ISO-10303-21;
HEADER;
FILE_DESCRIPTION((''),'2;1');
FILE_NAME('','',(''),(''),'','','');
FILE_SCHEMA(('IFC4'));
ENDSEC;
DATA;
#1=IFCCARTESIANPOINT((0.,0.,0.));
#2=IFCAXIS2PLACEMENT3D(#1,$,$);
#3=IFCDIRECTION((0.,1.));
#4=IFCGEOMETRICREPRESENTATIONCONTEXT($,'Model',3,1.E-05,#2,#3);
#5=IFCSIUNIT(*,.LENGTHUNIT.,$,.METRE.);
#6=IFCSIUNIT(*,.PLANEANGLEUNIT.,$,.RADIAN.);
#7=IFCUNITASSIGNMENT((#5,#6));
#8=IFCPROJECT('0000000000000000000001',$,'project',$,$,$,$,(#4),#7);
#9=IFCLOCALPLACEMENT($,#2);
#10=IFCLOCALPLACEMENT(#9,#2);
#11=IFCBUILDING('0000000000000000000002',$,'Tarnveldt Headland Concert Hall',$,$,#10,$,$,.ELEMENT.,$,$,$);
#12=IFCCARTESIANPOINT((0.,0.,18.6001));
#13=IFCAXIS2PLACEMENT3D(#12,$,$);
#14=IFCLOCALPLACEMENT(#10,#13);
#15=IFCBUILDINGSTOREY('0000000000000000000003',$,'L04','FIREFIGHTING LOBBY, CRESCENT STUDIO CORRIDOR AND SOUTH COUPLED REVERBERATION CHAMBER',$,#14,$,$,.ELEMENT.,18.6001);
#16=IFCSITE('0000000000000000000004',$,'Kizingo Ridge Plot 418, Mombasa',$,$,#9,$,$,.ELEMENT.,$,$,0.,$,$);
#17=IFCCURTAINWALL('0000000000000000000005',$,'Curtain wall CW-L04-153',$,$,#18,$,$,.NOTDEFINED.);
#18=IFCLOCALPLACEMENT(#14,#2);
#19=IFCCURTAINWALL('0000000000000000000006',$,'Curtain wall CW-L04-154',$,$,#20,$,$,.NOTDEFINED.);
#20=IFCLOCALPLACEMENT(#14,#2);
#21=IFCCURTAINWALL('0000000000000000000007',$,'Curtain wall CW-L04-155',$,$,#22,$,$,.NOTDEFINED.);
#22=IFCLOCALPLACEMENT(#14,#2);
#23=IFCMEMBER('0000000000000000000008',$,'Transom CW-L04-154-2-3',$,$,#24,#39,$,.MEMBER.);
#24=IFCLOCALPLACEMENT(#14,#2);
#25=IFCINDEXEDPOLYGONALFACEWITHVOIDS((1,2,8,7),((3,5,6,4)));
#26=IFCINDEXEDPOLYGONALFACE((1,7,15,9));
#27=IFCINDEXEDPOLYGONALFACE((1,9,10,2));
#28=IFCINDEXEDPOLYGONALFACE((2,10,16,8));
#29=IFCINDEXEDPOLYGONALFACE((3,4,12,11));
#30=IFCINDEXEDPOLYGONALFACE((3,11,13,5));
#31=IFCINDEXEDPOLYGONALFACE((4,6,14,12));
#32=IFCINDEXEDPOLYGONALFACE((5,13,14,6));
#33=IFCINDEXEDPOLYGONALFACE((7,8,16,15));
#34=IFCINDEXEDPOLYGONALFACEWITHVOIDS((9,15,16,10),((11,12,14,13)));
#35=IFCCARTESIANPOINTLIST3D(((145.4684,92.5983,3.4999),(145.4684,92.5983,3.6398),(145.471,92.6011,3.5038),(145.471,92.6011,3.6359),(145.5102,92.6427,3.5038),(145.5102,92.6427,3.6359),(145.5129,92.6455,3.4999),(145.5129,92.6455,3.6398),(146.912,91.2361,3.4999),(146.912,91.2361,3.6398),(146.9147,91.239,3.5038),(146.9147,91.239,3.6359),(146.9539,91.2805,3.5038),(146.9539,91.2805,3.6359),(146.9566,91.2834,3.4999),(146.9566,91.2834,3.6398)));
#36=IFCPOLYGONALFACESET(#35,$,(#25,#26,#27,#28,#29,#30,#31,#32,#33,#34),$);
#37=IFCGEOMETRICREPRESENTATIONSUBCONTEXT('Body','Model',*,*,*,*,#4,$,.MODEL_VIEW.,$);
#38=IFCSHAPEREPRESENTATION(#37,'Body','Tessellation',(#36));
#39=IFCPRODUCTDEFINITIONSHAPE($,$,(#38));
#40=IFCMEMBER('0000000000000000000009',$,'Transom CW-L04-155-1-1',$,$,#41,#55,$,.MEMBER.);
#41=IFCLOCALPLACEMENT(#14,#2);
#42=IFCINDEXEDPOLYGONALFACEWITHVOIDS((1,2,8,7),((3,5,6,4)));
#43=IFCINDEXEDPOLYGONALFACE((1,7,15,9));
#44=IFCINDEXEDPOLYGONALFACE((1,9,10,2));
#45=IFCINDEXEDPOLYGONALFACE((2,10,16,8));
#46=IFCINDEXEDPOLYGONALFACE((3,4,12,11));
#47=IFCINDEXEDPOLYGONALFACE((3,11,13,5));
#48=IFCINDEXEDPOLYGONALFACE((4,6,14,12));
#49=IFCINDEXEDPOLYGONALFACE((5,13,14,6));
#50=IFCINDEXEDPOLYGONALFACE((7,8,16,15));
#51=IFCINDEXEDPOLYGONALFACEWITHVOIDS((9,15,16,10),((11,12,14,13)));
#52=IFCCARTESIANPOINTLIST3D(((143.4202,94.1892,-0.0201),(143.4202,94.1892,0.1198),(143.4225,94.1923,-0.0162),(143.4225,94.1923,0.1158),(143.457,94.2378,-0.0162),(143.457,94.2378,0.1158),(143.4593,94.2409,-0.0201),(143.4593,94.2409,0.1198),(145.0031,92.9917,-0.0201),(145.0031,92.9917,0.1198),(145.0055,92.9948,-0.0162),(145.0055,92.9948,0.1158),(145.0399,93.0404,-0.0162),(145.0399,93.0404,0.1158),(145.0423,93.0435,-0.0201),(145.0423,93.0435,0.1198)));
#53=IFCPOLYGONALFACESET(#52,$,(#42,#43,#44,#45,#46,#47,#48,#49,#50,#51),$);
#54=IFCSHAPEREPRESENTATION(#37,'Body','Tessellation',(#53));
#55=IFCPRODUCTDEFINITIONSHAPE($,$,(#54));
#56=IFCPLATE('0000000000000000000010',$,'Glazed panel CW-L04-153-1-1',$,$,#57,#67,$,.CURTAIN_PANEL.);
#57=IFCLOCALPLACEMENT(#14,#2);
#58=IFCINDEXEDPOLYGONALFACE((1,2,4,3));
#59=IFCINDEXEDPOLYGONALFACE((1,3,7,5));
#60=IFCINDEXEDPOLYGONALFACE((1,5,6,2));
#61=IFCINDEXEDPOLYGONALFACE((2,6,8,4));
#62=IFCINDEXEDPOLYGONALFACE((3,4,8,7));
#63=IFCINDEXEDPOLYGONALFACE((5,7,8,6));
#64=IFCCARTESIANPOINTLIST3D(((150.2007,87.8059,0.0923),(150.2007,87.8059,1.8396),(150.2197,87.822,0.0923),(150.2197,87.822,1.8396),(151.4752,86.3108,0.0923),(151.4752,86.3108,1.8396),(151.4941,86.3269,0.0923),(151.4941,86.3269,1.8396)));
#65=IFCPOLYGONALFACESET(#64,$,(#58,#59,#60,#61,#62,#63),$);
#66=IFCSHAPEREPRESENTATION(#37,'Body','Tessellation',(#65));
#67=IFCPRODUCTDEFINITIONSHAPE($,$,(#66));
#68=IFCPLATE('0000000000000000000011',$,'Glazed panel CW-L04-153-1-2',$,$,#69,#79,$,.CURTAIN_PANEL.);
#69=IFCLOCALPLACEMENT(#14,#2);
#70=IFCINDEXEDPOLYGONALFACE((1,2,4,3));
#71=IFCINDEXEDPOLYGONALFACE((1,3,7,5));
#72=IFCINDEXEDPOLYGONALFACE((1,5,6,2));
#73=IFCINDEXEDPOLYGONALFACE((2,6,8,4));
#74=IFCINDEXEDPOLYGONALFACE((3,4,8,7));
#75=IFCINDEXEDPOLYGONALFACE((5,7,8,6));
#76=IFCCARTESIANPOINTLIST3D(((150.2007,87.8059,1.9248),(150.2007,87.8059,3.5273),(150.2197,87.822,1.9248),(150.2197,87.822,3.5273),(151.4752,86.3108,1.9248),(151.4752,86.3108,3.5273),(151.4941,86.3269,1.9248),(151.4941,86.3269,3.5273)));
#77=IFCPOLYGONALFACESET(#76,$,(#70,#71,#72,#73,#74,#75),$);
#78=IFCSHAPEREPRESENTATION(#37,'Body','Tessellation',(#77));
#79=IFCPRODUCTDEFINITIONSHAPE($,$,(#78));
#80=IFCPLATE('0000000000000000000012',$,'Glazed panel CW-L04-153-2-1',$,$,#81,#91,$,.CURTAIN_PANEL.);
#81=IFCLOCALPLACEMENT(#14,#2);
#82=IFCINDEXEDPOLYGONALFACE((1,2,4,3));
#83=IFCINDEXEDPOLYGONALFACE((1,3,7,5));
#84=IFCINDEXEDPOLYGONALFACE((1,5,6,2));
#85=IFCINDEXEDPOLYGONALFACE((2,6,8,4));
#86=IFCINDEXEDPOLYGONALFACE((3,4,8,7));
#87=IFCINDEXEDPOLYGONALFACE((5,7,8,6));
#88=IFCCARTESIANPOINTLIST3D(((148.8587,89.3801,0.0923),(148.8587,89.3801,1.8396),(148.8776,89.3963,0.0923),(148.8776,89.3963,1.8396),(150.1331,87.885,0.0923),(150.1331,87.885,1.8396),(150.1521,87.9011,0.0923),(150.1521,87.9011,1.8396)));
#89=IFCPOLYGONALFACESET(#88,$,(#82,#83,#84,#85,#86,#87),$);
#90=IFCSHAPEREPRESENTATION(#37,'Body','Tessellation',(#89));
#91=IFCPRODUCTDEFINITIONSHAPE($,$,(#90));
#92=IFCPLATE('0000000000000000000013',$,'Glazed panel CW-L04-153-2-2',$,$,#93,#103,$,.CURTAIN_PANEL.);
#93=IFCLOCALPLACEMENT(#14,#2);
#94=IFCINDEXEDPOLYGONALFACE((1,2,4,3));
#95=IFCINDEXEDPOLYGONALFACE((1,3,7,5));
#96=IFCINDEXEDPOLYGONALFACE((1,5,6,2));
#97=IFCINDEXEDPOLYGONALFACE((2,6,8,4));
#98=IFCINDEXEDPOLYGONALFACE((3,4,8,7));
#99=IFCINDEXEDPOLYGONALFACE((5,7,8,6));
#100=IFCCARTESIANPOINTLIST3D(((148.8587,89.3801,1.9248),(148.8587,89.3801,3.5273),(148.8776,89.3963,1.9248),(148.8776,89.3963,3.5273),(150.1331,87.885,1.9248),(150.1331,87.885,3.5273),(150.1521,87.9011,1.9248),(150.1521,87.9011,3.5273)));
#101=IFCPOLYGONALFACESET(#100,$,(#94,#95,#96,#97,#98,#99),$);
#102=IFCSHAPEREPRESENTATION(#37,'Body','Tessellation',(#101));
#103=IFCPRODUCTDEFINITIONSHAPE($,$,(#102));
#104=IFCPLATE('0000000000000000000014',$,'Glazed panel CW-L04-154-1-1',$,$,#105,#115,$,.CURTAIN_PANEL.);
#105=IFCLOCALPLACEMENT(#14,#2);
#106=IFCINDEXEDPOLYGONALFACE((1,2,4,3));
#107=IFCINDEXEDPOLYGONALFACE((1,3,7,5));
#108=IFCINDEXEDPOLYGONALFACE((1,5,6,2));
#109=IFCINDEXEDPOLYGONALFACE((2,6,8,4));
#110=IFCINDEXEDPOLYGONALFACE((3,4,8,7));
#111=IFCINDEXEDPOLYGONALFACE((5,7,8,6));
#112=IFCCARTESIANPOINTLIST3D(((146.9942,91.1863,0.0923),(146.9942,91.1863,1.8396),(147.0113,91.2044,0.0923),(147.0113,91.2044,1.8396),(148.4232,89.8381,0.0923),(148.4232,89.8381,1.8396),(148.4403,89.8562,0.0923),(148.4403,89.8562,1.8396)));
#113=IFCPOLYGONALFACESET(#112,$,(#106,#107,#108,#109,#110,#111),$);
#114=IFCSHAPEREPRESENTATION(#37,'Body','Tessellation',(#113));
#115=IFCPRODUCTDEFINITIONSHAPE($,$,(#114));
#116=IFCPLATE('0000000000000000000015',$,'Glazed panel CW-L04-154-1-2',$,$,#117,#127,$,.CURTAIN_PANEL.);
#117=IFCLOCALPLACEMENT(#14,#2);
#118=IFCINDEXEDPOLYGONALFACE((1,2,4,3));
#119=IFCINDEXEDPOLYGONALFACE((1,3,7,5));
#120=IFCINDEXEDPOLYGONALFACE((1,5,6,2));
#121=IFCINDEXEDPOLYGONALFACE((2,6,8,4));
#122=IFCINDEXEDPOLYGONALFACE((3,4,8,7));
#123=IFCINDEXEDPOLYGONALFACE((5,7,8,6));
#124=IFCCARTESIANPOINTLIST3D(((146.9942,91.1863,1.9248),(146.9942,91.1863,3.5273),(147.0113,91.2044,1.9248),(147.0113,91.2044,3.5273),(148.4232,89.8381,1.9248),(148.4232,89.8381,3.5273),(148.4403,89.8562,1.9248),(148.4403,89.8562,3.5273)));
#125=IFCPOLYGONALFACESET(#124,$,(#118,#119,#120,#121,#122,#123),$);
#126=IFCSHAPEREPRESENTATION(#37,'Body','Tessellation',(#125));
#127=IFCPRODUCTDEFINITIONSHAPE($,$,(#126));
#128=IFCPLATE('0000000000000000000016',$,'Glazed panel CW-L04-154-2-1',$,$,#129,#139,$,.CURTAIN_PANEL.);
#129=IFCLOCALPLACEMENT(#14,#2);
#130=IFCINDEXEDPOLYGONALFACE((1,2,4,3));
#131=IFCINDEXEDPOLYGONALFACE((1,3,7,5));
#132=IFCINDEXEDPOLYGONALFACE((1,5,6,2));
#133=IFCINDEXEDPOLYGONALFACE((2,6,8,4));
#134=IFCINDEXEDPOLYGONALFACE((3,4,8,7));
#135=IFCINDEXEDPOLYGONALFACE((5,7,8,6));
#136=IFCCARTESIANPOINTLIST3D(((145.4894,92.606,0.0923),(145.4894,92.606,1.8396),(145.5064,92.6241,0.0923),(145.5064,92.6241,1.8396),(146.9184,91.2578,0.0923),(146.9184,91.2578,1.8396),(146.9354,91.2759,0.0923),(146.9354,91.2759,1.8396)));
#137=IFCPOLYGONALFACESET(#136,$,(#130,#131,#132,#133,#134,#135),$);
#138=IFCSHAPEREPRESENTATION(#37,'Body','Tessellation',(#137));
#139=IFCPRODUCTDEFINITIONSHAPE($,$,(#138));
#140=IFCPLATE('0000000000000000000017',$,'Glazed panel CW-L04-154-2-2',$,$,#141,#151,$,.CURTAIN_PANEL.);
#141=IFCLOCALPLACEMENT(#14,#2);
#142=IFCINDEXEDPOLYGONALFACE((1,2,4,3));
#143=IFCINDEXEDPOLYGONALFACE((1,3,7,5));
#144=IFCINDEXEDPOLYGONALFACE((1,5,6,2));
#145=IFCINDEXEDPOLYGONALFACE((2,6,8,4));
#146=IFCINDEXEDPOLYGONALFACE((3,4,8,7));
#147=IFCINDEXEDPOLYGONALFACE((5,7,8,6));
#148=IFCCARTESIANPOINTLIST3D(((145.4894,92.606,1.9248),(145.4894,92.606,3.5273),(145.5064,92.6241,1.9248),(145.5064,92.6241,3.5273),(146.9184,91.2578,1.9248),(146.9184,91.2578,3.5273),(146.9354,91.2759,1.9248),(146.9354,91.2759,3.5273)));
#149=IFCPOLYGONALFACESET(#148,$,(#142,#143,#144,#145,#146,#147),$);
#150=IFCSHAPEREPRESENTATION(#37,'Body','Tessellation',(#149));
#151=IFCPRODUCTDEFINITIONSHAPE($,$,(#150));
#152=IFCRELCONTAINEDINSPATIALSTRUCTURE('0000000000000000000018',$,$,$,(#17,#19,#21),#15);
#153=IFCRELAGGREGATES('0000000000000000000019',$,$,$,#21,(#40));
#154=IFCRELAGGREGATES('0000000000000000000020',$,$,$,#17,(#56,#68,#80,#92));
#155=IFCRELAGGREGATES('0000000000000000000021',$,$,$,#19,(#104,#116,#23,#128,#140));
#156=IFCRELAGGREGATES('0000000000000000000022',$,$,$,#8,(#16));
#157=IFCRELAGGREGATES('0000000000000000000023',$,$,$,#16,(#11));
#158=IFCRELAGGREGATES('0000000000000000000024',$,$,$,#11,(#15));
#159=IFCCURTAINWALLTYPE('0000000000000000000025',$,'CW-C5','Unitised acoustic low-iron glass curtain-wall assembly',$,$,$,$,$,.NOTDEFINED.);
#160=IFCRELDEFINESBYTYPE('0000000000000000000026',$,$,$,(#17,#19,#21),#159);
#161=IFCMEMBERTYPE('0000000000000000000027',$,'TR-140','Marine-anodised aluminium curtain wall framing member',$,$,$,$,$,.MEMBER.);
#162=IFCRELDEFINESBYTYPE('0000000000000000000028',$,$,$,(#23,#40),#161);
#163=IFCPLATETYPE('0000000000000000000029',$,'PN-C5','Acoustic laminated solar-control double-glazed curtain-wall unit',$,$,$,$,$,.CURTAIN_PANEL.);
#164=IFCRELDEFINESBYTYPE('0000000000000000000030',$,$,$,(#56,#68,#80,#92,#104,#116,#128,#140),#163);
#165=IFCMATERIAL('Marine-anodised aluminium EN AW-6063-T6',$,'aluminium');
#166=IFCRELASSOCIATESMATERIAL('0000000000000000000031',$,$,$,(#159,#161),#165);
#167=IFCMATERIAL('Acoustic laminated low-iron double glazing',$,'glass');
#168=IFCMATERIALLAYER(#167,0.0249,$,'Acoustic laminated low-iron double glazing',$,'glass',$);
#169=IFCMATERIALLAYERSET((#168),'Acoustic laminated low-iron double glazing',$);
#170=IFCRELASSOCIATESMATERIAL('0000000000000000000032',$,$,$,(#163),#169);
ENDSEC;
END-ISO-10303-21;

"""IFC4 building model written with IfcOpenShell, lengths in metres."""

from ifc_helpers import new_model, si_unit, direction, frame, origin, origin_2d, place, context, subcontext, project, spatial, rectangle, hollow_rectangle, extrude, material, layer, layer_set, material_profile, profile_set, type_object, element, aggregate, save


model = new_model("IFC4")

# Units and contexts
model_context = context("Model", 3, precision=1e-05, world=origin(), true_north=direction((0.0, 1.0)))
body_context = subcontext(model_context, "Body", "Model", "MODEL_VIEW")
ifc_project = project(units=[si_unit("LENGTHUNIT", "METRE"), si_unit("PLANEANGLEUNIT", "RADIAN")], contexts=[model_context])

# Site, building, storey
site_placement = place(None, origin())
site = spatial("IfcSite", under=ifc_project, at=site_placement, Name="Kizingo Ridge Plot 418, Mombasa", CompositionType="ELEMENT", RefElevation=0.0)
building_placement = place(site_placement, origin())
building = spatial("IfcBuilding", under=site, at=building_placement, Name="Tarnveldt Headland Concert Hall", CompositionType="ELEMENT")
storey_placement = place(building_placement, frame((0.0, 0.0, 18.6001)))
storey = spatial("IfcBuildingStorey", under=building, at=storey_placement, Name="L04", Description="FIREFIGHTING LOBBY, CRESCENT STUDIO CORRIDOR AND SOUTH COUPLED REVERBERATION CHAMBER", CompositionType="ELEMENT", Elevation=18.6001)

# Shared definitions
ifc_material_1 = material(Name="Marine-anodised aluminium EN AW-6063-T6", Category="aluminium")
curtain_wall_type = type_object("IfcCurtainWallType", Name="CW-C5", Description="Unitised acoustic low-iron glass curtain-wall assembly", PredefinedType="NOTDEFINED", material=ifc_material_1)

# Curtain walls
curtain_wall_1_placement = place(storey_placement, origin())
curtain_wall_1 = element("IfcCurtainWall", 1, at=curtain_wall_1_placement, inside=storey, type_object=curtain_wall_type, Name="Curtain wall CW-L04-153", PredefinedType="NOTDEFINED")
curtain_wall_2_placement = place(storey_placement, origin())
curtain_wall_2 = element("IfcCurtainWall", 2, at=curtain_wall_2_placement, inside=storey, type_object=curtain_wall_type, Name="Curtain wall CW-L04-154", PredefinedType="NOTDEFINED")

# Curtain wall
curtain_wall_3_placement = place(storey_placement, origin())
curtain_wall_3 = element("IfcCurtainWall", 3, at=curtain_wall_3_placement, inside=storey, type_object=curtain_wall_type, Name="Curtain wall CW-L04-155", PredefinedType="NOTDEFINED")

# Members
ifc_material_profile_1 = material_profile(ifc_material_1, hollow_rectangle(XDim=0.0649, YDim=0.1399, WallThickness=0.0039, at=origin_2d()), Name="ALU TRANSOM 65x140x4", Category="aluminium")
ifc_profile_set_1 = profile_set([ifc_material_profile_1], Name="Marine-anodised aluminium EN AW-6063-T6")
member_type_1 = type_object("IfcMemberType", Name="TR-140", Description="Marine-anodised aluminium curtain wall framing member", PredefinedType="MEMBER", material=ifc_profile_set_1)
member_1_placement = place(storey_placement, frame((146.9343, 91.2598, 3.5698), z_axis=(-0.727351, 0.686266, 0.0), x_axis=(-0.686266, -0.727351, 0.0)))
member_1 = element("IfcMember", 4, at=member_1_placement, type_object=member_type_1, Name="Transom CW-L04-154-2-3", PredefinedType="MEMBER", context=body_context, shape_type="SweptSolid", body=[
    extrude(hollow_rectangle(XDim=0.0649, YDim=0.1399, WallThickness=0.0039, at=origin_2d()), origin(), (0.0, 0.0, 1.0), 1.9849),
])
member_2_placement = place(storey_placement, frame((145.0227, 93.0176, 0.0498), z_axis=(-0.797514, 0.603301, 0.0), x_axis=(-0.603301, -0.797514, 0.0)))
member_2 = element("IfcMember", 5, at=member_2_placement, type_object=member_type_1, Name="Transom CW-L04-155-1-1", PredefinedType="MEMBER", context=body_context, shape_type="SweptSolid", body=[
    extrude(hollow_rectangle(XDim=0.0649, YDim=0.1399, WallThickness=0.0039, at=origin_2d()), origin(), (0.0, 0.0, 1.0), 1.9849),
])
aggregate(curtain_wall_3, [member_2])

# Plates
ifc_material_2 = material(Name="Acoustic laminated low-iron double glazing", Category="glass")
ifc_layer = layer(ifc_material_2, 0.0249, Name="Acoustic laminated low-iron double glazing", Category="glass")
ifc_layer_set = layer_set([ifc_layer], Name="Acoustic laminated low-iron double glazing")
plate_type = type_object("IfcPlateType", Name="PN-C5", Description="Acoustic laminated solar-control double-glazed curtain-wall unit", PredefinedType="CURTAIN_PANEL", material=ifc_layer_set)
plate_1_placement = place(storey_placement, frame((150.8474, 87.0664, 0.0923), z_axis=(0.0, 0.0, 1.0), x_axis=(-0.648718, 0.761029, 0.0)))
plate_1 = element("IfcPlate", 6, at=plate_1_placement, type_object=plate_type, Name="Glazed panel CW-L04-153-1-1", PredefinedType="CURTAIN_PANEL", context=body_context, shape_type="SweptSolid", body=[
    extrude(rectangle(XDim=1.9646, YDim=0.0249, at=origin_2d()), origin(), (0.0, 0.0, 1.0), 1.7473),
])
plate_2_placement = place(storey_placement, frame((150.8474, 87.0664, 1.9248), z_axis=(0.0, 0.0, 1.0), x_axis=(-0.648718, 0.761029, 0.0)))
plate_2 = element("IfcPlate", 7, at=plate_2_placement, type_object=plate_type, Name="Glazed panel CW-L04-153-1-2", PredefinedType="CURTAIN_PANEL", context=body_context, shape_type="SweptSolid", body=[
    extrude(rectangle(XDim=1.9646, YDim=0.0249, at=origin_2d()), origin(), (0.0, 0.0, 1.0), 1.6025),
])
plate_3_placement = place(storey_placement, frame((149.5054, 88.6406, 0.0923), z_axis=(0.0, 0.0, 1.0), x_axis=(-0.648718, 0.761029, 0.0)))
plate_3 = element("IfcPlate", 8, at=plate_3_placement, type_object=plate_type, Name="Glazed panel CW-L04-153-2-1", PredefinedType="CURTAIN_PANEL", context=body_context, shape_type="SweptSolid", body=[
    extrude(rectangle(XDim=1.9646, YDim=0.0249, at=origin_2d()), origin(), (0.0, 0.0, 1.0), 1.7473),
])
plate_4_placement = place(storey_placement, frame((149.5054, 88.6406, 1.9248), z_axis=(0.0, 0.0, 1.0), x_axis=(-0.648718, 0.761029, 0.0)))
plate_4 = element("IfcPlate", 9, at=plate_4_placement, type_object=plate_type, Name="Glazed panel CW-L04-153-2-2", PredefinedType="CURTAIN_PANEL", context=body_context, shape_type="SweptSolid", body=[
    extrude(rectangle(XDim=1.9646, YDim=0.0249, at=origin_2d()), origin(), (0.0, 0.0, 1.0), 1.6025),
])
aggregate(curtain_wall_1, [plate_1, plate_2, plate_3, plate_4])
plate_5_placement = place(storey_placement, frame((147.7173, 90.5212, 0.0923), z_axis=(0.0, 0.0, 1.0), x_axis=(-0.727378, 0.686237, 0.0)))
plate_5 = element("IfcPlate", 10, at=plate_5_placement, type_object=plate_type, Name="Glazed panel CW-L04-154-1-1", PredefinedType="CURTAIN_PANEL", context=body_context, shape_type="SweptSolid", body=[
    extrude(rectangle(XDim=1.9646, YDim=0.0249, at=origin_2d()), origin(), (0.0, 0.0, 1.0), 1.7473),
])
plate_6_placement = place(storey_placement, frame((147.7173, 90.5212, 1.9248), z_axis=(0.0, 0.0, 1.0), x_axis=(-0.727378, 0.686237, 0.0)))
plate_6 = element("IfcPlate", 11, at=plate_6_placement, type_object=plate_type, Name="Glazed panel CW-L04-154-1-2", PredefinedType="CURTAIN_PANEL", context=body_context, shape_type="SweptSolid", body=[
    extrude(rectangle(XDim=1.9646, YDim=0.0249, at=origin_2d()), origin(), (0.0, 0.0, 1.0), 1.6025),
])
plate_7_placement = place(storey_placement, frame((146.2124, 91.9409, 0.0923), z_axis=(0.0, 0.0, 1.0), x_axis=(-0.727378, 0.686237, 0.0)))
plate_7 = element("IfcPlate", 12, at=plate_7_placement, type_object=plate_type, Name="Glazed panel CW-L04-154-2-1", PredefinedType="CURTAIN_PANEL", context=body_context, shape_type="SweptSolid", body=[
    extrude(rectangle(XDim=1.9646, YDim=0.0249, at=origin_2d()), origin(), (0.0, 0.0, 1.0), 1.7473),
])
plate_8_placement = place(storey_placement, frame((146.2124, 91.9409, 1.9248), z_axis=(0.0, 0.0, 1.0), x_axis=(-0.727378, 0.686237, 0.0)))
plate_8 = element("IfcPlate", 13, at=plate_8_placement, type_object=plate_type, Name="Glazed panel CW-L04-154-2-2", PredefinedType="CURTAIN_PANEL", context=body_context, shape_type="SweptSolid", body=[
    extrude(rectangle(XDim=1.9646, YDim=0.0249, at=origin_2d()), origin(), (0.0, 0.0, 1.0), 1.6025),
])
aggregate(curtain_wall_2, [plate_5, plate_6, member_1, plate_7, plate_8])

save(model, "model.ifc")
